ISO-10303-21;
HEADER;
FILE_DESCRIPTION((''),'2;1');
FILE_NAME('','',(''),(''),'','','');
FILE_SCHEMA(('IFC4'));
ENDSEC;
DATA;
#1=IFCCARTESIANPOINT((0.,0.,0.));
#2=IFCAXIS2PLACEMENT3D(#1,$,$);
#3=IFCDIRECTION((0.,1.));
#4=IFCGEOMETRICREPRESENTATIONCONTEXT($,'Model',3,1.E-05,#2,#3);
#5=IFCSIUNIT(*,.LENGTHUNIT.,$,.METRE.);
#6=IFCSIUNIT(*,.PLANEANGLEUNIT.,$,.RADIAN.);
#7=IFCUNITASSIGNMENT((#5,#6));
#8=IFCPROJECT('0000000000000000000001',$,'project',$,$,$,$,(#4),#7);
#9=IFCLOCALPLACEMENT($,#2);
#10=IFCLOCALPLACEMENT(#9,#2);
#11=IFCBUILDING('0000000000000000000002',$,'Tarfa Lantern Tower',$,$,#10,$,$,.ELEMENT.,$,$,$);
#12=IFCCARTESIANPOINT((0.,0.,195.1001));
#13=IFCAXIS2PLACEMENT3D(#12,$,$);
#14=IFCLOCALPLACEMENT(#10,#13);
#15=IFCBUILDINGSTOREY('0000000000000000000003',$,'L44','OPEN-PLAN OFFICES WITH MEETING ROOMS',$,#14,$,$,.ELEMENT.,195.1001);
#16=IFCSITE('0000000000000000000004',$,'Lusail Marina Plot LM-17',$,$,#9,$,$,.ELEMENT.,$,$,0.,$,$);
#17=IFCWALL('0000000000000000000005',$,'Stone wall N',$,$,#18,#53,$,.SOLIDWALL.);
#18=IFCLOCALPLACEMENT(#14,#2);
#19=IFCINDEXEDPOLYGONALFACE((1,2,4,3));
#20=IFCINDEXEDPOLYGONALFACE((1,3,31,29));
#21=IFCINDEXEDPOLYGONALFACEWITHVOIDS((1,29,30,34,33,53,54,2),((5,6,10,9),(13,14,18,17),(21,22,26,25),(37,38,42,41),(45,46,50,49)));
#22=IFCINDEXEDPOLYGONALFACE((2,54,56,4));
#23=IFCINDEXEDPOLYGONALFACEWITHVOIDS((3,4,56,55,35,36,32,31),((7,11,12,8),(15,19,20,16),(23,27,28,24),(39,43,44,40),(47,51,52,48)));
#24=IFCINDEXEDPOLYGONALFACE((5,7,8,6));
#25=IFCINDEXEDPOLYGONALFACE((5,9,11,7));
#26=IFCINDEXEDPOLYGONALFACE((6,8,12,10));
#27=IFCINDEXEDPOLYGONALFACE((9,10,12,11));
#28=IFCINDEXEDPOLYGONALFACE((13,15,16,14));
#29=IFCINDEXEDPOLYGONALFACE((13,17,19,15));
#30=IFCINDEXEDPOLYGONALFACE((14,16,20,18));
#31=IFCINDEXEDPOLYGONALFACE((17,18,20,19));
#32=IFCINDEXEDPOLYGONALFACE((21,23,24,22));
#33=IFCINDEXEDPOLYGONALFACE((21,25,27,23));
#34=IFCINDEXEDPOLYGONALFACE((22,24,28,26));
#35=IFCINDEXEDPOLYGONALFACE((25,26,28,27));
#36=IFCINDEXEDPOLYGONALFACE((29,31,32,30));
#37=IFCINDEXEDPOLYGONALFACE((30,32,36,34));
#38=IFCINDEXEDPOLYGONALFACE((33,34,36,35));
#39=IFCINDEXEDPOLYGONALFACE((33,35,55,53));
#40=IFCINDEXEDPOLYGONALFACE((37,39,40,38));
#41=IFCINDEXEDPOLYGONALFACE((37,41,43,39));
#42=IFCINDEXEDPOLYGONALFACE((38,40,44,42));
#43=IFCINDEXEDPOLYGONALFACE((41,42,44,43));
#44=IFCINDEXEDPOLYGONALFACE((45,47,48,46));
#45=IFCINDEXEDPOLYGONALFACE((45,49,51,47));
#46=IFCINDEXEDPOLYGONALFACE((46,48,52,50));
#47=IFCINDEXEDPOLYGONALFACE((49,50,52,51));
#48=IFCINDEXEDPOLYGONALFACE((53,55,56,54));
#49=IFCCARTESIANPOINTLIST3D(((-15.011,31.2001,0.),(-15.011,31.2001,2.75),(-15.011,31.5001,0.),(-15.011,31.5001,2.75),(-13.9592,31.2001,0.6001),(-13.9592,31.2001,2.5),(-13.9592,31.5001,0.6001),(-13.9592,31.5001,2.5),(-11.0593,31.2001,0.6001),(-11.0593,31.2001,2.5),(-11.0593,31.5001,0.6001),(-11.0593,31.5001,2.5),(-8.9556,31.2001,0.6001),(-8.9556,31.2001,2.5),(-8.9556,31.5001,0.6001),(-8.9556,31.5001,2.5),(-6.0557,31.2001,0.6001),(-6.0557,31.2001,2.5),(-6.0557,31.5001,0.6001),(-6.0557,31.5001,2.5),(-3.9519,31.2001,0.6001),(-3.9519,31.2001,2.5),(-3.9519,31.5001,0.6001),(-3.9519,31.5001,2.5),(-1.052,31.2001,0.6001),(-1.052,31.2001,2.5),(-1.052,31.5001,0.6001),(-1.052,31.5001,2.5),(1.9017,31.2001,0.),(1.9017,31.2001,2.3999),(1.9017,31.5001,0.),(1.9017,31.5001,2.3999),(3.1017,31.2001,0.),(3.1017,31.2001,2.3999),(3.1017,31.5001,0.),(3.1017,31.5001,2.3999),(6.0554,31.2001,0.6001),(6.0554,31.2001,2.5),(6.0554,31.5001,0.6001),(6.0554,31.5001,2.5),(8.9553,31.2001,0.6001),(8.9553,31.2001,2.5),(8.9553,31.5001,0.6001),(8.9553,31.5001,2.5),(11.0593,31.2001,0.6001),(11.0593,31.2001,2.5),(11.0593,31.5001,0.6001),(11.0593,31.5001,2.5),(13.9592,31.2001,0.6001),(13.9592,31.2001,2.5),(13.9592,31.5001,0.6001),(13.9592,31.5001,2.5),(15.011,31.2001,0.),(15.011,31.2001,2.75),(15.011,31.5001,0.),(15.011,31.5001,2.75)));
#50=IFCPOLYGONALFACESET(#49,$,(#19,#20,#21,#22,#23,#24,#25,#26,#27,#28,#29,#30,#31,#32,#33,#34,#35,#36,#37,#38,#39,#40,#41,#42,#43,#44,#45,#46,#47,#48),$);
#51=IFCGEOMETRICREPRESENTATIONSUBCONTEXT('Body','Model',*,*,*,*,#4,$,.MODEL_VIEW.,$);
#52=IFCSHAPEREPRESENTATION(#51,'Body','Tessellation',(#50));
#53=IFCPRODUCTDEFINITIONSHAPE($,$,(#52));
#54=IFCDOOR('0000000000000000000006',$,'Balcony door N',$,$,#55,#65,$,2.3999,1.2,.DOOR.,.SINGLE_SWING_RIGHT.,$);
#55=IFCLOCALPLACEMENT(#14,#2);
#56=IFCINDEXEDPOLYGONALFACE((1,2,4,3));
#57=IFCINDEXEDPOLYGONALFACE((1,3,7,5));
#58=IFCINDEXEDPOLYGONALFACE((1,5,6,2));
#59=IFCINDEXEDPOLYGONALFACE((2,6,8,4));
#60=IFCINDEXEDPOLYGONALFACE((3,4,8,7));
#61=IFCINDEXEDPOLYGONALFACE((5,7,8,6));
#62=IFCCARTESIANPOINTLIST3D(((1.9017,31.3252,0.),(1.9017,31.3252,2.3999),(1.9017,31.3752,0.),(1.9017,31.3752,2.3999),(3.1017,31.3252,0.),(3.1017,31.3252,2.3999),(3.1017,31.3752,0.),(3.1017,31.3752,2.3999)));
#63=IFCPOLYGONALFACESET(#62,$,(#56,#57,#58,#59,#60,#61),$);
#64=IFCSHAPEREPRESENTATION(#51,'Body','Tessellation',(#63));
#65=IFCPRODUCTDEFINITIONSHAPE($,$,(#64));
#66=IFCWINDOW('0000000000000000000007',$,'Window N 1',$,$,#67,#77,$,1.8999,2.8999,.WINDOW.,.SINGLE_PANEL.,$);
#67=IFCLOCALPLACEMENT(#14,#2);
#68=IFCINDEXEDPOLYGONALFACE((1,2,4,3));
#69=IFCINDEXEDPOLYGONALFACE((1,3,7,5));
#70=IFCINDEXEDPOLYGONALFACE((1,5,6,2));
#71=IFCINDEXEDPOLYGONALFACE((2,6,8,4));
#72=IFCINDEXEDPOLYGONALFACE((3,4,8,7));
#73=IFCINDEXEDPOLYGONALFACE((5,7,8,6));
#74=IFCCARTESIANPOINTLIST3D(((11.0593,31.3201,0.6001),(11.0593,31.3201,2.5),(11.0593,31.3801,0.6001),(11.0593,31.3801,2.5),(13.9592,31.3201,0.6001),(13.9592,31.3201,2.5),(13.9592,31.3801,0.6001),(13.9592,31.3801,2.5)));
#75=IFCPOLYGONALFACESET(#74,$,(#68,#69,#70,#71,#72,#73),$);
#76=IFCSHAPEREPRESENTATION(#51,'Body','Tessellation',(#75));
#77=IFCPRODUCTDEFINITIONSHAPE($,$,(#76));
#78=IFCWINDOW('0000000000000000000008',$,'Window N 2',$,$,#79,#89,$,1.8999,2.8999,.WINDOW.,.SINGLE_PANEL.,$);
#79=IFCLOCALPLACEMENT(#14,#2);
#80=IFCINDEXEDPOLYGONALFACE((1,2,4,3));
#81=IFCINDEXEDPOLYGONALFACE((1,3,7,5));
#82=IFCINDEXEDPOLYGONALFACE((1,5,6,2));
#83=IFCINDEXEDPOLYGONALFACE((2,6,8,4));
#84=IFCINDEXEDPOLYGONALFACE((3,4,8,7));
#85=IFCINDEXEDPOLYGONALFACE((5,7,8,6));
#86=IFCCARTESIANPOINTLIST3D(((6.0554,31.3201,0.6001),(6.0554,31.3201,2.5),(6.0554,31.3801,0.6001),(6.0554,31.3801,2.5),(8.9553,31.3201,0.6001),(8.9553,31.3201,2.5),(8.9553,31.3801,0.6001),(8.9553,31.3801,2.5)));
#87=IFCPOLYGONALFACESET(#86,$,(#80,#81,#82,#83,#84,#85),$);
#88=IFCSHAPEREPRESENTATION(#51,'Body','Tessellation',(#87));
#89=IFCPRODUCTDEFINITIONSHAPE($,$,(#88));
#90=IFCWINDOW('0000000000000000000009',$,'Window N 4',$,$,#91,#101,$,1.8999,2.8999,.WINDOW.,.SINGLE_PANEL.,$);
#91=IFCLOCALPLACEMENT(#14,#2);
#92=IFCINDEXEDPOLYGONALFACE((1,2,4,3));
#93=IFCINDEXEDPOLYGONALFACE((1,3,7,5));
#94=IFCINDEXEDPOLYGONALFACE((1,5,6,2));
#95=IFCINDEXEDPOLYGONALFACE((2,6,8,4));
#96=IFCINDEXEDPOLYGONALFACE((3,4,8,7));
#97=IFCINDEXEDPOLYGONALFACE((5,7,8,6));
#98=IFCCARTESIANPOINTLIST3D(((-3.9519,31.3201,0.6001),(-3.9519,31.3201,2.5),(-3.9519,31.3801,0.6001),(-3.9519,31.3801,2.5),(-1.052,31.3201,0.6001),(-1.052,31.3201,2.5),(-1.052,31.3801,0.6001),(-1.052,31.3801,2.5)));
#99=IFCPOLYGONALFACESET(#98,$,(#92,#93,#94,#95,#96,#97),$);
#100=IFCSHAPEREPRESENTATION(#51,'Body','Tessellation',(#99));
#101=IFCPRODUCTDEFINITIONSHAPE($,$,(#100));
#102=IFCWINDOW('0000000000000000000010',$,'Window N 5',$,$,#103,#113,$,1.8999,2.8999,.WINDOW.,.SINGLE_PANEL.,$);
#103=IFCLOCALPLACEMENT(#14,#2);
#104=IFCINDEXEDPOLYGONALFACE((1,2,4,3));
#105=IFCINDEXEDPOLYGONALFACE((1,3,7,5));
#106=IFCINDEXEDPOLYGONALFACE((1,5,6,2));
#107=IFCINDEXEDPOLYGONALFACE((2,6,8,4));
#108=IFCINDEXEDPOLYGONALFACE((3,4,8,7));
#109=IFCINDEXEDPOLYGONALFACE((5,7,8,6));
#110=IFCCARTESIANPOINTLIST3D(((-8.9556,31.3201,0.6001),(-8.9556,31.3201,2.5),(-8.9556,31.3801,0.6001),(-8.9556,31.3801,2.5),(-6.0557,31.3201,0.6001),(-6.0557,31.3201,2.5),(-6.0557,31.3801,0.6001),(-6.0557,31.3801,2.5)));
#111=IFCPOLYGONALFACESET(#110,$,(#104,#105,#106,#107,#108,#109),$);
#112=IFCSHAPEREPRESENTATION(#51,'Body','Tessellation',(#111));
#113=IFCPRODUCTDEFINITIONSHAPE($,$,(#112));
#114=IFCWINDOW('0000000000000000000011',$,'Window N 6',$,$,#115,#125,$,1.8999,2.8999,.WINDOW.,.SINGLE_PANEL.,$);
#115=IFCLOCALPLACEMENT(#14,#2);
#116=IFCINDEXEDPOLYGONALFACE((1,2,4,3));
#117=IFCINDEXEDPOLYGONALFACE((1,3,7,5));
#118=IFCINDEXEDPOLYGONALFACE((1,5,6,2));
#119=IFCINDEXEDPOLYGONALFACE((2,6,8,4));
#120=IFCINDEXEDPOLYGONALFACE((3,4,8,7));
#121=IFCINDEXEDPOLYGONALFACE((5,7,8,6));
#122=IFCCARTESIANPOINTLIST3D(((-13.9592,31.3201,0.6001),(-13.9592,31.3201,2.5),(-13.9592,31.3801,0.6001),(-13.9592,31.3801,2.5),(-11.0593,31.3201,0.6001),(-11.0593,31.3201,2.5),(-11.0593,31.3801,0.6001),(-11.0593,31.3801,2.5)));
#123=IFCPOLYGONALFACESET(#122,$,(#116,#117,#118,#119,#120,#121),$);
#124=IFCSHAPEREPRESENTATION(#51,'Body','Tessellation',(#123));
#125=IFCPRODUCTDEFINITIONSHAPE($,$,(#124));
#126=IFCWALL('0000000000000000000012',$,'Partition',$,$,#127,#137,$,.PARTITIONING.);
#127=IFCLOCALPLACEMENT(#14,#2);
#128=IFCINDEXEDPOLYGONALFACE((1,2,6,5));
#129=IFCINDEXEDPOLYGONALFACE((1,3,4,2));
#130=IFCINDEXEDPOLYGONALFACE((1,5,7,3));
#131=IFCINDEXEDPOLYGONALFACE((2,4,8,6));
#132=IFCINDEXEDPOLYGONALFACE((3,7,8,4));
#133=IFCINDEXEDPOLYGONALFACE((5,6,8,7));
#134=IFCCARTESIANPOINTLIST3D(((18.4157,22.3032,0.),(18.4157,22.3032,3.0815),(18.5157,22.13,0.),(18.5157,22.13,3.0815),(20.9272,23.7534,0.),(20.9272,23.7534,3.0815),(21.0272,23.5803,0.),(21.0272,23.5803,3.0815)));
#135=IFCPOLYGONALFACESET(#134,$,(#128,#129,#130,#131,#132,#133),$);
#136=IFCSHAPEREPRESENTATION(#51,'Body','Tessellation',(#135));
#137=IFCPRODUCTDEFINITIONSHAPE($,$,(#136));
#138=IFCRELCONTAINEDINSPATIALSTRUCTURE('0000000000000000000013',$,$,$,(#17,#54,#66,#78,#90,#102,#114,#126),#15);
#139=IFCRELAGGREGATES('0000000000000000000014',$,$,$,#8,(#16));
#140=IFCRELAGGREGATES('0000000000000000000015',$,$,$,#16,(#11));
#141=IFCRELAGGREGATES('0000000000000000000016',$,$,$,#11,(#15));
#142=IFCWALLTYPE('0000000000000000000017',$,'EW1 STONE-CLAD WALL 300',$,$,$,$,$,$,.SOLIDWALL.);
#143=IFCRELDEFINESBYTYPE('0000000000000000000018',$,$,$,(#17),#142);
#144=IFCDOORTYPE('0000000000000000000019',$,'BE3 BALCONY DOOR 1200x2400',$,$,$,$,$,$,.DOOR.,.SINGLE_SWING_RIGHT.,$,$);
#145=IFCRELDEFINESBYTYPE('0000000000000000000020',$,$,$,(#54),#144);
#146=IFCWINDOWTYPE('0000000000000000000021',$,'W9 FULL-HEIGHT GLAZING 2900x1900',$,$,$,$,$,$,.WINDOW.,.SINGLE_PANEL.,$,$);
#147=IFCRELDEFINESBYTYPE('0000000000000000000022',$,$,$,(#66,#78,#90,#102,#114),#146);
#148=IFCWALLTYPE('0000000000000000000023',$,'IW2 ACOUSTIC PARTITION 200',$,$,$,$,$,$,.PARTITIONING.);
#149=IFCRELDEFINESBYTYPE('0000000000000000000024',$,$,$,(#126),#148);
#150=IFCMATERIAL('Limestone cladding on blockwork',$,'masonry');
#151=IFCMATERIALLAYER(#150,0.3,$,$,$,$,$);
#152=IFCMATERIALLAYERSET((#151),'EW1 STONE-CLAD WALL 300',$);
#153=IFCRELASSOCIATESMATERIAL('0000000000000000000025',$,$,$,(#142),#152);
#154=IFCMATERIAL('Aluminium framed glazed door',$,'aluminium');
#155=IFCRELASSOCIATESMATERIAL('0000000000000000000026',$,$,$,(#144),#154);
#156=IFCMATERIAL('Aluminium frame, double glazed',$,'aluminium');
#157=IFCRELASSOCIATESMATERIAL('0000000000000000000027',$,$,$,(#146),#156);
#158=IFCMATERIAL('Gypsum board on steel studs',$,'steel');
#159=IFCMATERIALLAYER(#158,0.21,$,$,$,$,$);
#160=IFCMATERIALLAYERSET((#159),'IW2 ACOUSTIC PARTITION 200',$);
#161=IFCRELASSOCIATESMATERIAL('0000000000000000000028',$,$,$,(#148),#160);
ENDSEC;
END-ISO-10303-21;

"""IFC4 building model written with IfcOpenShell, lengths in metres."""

from ifc_helpers import new_model, si_unit, direction, frame, frame_2d, origin, place, context, subcontext, project, spatial, rectangle, extrude, material, layer, layer_set, type_object, element, fill, save


model = new_model("IFC4")

# Units and contexts
model_context = context("Model", 3, precision=1e-05, world=origin(), true_north=direction((0.0, 1.0)))
body_context = subcontext(model_context, "Body", "Model", "MODEL_VIEW")
ifc_project = project(units=[si_unit("LENGTHUNIT", "METRE"), si_unit("PLANEANGLEUNIT", "RADIAN")], contexts=[model_context])

# Site, building, storey
site_placement = place(None, origin())
site = spatial("IfcSite", under=ifc_project, at=site_placement, Name="Lusail Marina Plot LM-17", CompositionType="ELEMENT", RefElevation=0.0)
building_placement = place(site_placement, origin())
building = spatial("IfcBuilding", under=site, at=building_placement, Name="Tarfa Lantern Tower", CompositionType="ELEMENT")
storey_placement = place(building_placement, frame((0.0, 0.0, 195.1001)))
storey = spatial("IfcBuildingStorey", under=building, at=storey_placement, Name="L44", Description="OPEN-PLAN OFFICES WITH MEETING ROOMS", CompositionType="ELEMENT", Elevation=195.1001)

# Wall, openings, door, windows
ifc_material_1 = material(Name="Limestone cladding on blockwork", Category="masonry")
ifc_layer_1 = layer(ifc_material_1, 0.3)
ifc_layer_set_1 = layer_set([ifc_layer_1], Name="EW1 STONE-CLAD WALL 300")
wall_type_1 = type_object("IfcWallType", Name="EW1 STONE-CLAD WALL 300", PredefinedType="SOLIDWALL", material=ifc_layer_set_1)
wall_1_placement = place(storey_placement, frame((15.011, 31.3501, 0.0), z_axis=(0.0, 0.0, 1.0), x_axis=(-1.0, 0.0, 0.0)))
wall_1 = element("IfcWall", 1, at=wall_1_placement, inside=storey, type_object=wall_type_1, Name="Stone wall N", PredefinedType="SOLIDWALL", context=body_context, shape_type="SweptSolid", body=[
    extrude(rectangle(XDim=30.022, YDim=0.3, at=frame_2d((15.011, 0.0))), origin(), (0.0, 0.0, 1.0), 2.75),
])
opening_1_placement = place(wall_1_placement, frame((1.0518, 0.0, 0.6001)))
opening_1 = element("IfcOpeningElement", 2, at=opening_1_placement, cuts=wall_1, PredefinedType="OPENING", context=body_context, shape_type="SweptSolid", body=[
    extrude(rectangle(XDim=2.8999, YDim=1.8999, at=frame_2d((1.45, 0.95))), frame((0.0, 0.1599, 0.0), z_axis=(0.0, -1.0, 0.0), x_axis=(1.0, 0.0, 0.0)), (0.0, 0.0, 1.0), 0.3201),
])
opening_2_placement = place(wall_1_placement, frame((6.0557, 0.0, 0.6001)))
opening_2 = element("IfcOpeningElement", 3, at=opening_2_placement, cuts=wall_1, PredefinedType="OPENING", context=body_context, shape_type="SweptSolid", body=[
    extrude(rectangle(XDim=2.8999, YDim=1.8999, at=frame_2d((1.45, 0.95))), frame((0.0, 0.1599, 0.0), z_axis=(0.0, -1.0, 0.0), x_axis=(1.0, 0.0, 0.0)), (0.0, 0.0, 1.0), 0.3201),
])
opening_3_placement = place(wall_1_placement, frame((11.9092, 0.0, 0.0)))
opening_3 = element("IfcOpeningElement", 4, at=opening_3_placement, cuts=wall_1, PredefinedType="OPENING", context=body_context, shape_type="SweptSolid", body=[
    extrude(rectangle(XDim=1.2, YDim=2.3999, at=frame_2d((0.6001, 1.2))), frame((0.0, 0.1599, 0.0), z_axis=(0.0, -1.0, 0.0), x_axis=(1.0, 0.0, 0.0)), (0.0, 0.0, 1.0), 0.3201),
])
opening_4_placement = place(wall_1_placement, frame((16.063, 0.0, 0.6001)))
opening_4 = element("IfcOpeningElement", 5, at=opening_4_placement, cuts=wall_1, PredefinedType="OPENING", context=body_context, shape_type="SweptSolid", body=[
    extrude(rectangle(XDim=2.8999, YDim=1.8999, at=frame_2d((1.45, 0.95))), frame((0.0, 0.1599, 0.0), z_axis=(0.0, -1.0, 0.0), x_axis=(1.0, 0.0, 0.0)), (0.0, 0.0, 1.0), 0.3201),
])
opening_5_placement = place(wall_1_placement, frame((21.0667, 0.0, 0.6001)))
opening_5 = element("IfcOpeningElement", 6, at=opening_5_placement, cuts=wall_1, PredefinedType="OPENING", context=body_context, shape_type="SweptSolid", body=[
    extrude(rectangle(XDim=2.8999, YDim=1.8999, at=frame_2d((1.45, 0.95))), frame((0.0, 0.1599, 0.0), z_axis=(0.0, -1.0, 0.0), x_axis=(1.0, 0.0, 0.0)), (0.0, 0.0, 1.0), 0.3201),
])
opening_6_placement = place(wall_1_placement, frame((26.0703, 0.0, 0.6001)))
opening_6 = element("IfcOpeningElement", 7, at=opening_6_placement, cuts=wall_1, PredefinedType="OPENING", context=body_context, shape_type="SweptSolid", body=[
    extrude(rectangle(XDim=2.8999, YDim=1.8999, at=frame_2d((1.45, 0.95))), frame((0.0, 0.1599, 0.0), z_axis=(0.0, -1.0, 0.0), x_axis=(1.0, 0.0, 0.0)), (0.0, 0.0, 1.0), 0.3201),
])
ifc_material_2 = material(Name="Aluminium framed glazed door", Category="aluminium")
door_type = type_object("IfcDoorType", Name="BE3 BALCONY DOOR 1200x2400", OperationType="SINGLE_SWING_RIGHT", PredefinedType="DOOR", material=ifc_material_2)
door_placement = place(opening_3_placement, origin())
door = element("IfcDoor", 8, at=door_placement, inside=storey, type_object=door_type, Name="Balcony door N", OperationType="SINGLE_SWING_RIGHT", OverallHeight=2.3999, OverallWidth=1.2, PredefinedType="DOOR", context=body_context, shape_type="SweptSolid", body=[
    extrude(rectangle(XDim=1.2, YDim=2.3999, at=frame_2d((0.6001, 1.2))), frame((0.0, 0.0249, 0.0), z_axis=(0.0, -1.0, 0.0), x_axis=(1.0, 0.0, 0.0)), (0.0, 0.0, 1.0), 0.05),
])
fill(opening_3, door)
ifc_material_3 = material(Name="Aluminium frame, double glazed", Category="aluminium")
window_type = type_object("IfcWindowType", Name="W9 FULL-HEIGHT GLAZING 2900x1900", PartitioningType="SINGLE_PANEL", PredefinedType="WINDOW", material=ifc_material_3)
window_1_placement = place(opening_1_placement, origin())
window_1 = element("IfcWindow", 9, at=window_1_placement, inside=storey, type_object=window_type, Name="Window N 1", OverallHeight=1.8999, OverallWidth=2.8999, PartitioningType="SINGLE_PANEL", PredefinedType="WINDOW", context=body_context, shape_type="SweptSolid", body=[
    extrude(rectangle(XDim=2.8999, YDim=1.8999, at=frame_2d((1.45, 0.95))), frame((0.0, 0.03, 0.0), z_axis=(0.0, -1.0, 0.0), x_axis=(1.0, 0.0, 0.0)), (0.0, 0.0, 1.0), 0.0601),
])
fill(opening_1, window_1)
window_2_placement = place(opening_2_placement, origin())
window_2 = element("IfcWindow", 10, at=window_2_placement, inside=storey, type_object=window_type, Name="Window N 2", OverallHeight=1.8999, OverallWidth=2.8999, PartitioningType="SINGLE_PANEL", PredefinedType="WINDOW", context=body_context, shape_type="SweptSolid", body=[
    extrude(rectangle(XDim=2.8999, YDim=1.8999, at=frame_2d((1.45, 0.95))), frame((0.0, 0.03, 0.0), z_axis=(0.0, -1.0, 0.0), x_axis=(1.0, 0.0, 0.0)), (0.0, 0.0, 1.0), 0.0601),
])
fill(opening_2, window_2)
window_3_placement = place(opening_4_placement, origin())
window_3 = element("IfcWindow", 11, at=window_3_placement, inside=storey, type_object=window_type, Name="Window N 4", OverallHeight=1.8999, OverallWidth=2.8999, PartitioningType="SINGLE_PANEL", PredefinedType="WINDOW", context=body_context, shape_type="SweptSolid", body=[
    extrude(rectangle(XDim=2.8999, YDim=1.8999, at=frame_2d((1.45, 0.95))), frame((0.0, 0.03, 0.0), z_axis=(0.0, -1.0, 0.0), x_axis=(1.0, 0.0, 0.0)), (0.0, 0.0, 1.0), 0.0601),
])
fill(opening_4, window_3)
window_4_placement = place(opening_5_placement, origin())
window_4 = element("IfcWindow", 12, at=window_4_placement, inside=storey, type_object=window_type, Name="Window N 5", OverallHeight=1.8999, OverallWidth=2.8999, PartitioningType="SINGLE_PANEL", PredefinedType="WINDOW", context=body_context, shape_type="SweptSolid", body=[
    extrude(rectangle(XDim=2.8999, YDim=1.8999, at=frame_2d((1.45, 0.95))), frame((0.0, 0.03, 0.0), z_axis=(0.0, -1.0, 0.0), x_axis=(1.0, 0.0, 0.0)), (0.0, 0.0, 1.0), 0.0601),
])
fill(opening_5, window_4)
window_5_placement = place(opening_6_placement, origin())
window_5 = element("IfcWindow", 13, at=window_5_placement, inside=storey, type_object=window_type, Name="Window N 6", OverallHeight=1.8999, OverallWidth=2.8999, PartitioningType="SINGLE_PANEL", PredefinedType="WINDOW", context=body_context, shape_type="SweptSolid", body=[
    extrude(rectangle(XDim=2.8999, YDim=1.8999, at=frame_2d((1.45, 0.95))), frame((0.0, 0.03, 0.0), z_axis=(0.0, -1.0, 0.0), x_axis=(1.0, 0.0, 0.0)), (0.0, 0.0, 1.0), 0.0601),
])
fill(opening_6, window_5)

# Wall
ifc_material_4 = material(Name="Gypsum board on steel studs", Category="steel")
ifc_layer_2 = layer(ifc_material_4, 0.21)
ifc_layer_set_2 = layer_set([ifc_layer_2], Name="IW2 ACOUSTIC PARTITION 200")
wall_type_2 = type_object("IfcWallType", Name="IW2 ACOUSTIC PARTITION 200", PredefinedType="PARTITIONING", material=ifc_layer_set_2)
wall_2_placement = place(storey_placement, frame((18.4656, 22.2166, 0.0), z_axis=(0.0, 0.0, 1.0), x_axis=(0.865996, 0.50005, 0.0)))
element("IfcWall", 14, at=wall_2_placement, inside=storey, type_object=wall_type_2, Name="Partition", PredefinedType="PARTITIONING", context=body_context, shape_type="SweptSolid", body=[
    extrude(rectangle(XDim=2.9001, YDim=0.2, at=frame_2d((1.4502, 0.0))), origin(), (0.0, 0.0, 1.0), 3.0815),
])

save(model, "model.ifc")
